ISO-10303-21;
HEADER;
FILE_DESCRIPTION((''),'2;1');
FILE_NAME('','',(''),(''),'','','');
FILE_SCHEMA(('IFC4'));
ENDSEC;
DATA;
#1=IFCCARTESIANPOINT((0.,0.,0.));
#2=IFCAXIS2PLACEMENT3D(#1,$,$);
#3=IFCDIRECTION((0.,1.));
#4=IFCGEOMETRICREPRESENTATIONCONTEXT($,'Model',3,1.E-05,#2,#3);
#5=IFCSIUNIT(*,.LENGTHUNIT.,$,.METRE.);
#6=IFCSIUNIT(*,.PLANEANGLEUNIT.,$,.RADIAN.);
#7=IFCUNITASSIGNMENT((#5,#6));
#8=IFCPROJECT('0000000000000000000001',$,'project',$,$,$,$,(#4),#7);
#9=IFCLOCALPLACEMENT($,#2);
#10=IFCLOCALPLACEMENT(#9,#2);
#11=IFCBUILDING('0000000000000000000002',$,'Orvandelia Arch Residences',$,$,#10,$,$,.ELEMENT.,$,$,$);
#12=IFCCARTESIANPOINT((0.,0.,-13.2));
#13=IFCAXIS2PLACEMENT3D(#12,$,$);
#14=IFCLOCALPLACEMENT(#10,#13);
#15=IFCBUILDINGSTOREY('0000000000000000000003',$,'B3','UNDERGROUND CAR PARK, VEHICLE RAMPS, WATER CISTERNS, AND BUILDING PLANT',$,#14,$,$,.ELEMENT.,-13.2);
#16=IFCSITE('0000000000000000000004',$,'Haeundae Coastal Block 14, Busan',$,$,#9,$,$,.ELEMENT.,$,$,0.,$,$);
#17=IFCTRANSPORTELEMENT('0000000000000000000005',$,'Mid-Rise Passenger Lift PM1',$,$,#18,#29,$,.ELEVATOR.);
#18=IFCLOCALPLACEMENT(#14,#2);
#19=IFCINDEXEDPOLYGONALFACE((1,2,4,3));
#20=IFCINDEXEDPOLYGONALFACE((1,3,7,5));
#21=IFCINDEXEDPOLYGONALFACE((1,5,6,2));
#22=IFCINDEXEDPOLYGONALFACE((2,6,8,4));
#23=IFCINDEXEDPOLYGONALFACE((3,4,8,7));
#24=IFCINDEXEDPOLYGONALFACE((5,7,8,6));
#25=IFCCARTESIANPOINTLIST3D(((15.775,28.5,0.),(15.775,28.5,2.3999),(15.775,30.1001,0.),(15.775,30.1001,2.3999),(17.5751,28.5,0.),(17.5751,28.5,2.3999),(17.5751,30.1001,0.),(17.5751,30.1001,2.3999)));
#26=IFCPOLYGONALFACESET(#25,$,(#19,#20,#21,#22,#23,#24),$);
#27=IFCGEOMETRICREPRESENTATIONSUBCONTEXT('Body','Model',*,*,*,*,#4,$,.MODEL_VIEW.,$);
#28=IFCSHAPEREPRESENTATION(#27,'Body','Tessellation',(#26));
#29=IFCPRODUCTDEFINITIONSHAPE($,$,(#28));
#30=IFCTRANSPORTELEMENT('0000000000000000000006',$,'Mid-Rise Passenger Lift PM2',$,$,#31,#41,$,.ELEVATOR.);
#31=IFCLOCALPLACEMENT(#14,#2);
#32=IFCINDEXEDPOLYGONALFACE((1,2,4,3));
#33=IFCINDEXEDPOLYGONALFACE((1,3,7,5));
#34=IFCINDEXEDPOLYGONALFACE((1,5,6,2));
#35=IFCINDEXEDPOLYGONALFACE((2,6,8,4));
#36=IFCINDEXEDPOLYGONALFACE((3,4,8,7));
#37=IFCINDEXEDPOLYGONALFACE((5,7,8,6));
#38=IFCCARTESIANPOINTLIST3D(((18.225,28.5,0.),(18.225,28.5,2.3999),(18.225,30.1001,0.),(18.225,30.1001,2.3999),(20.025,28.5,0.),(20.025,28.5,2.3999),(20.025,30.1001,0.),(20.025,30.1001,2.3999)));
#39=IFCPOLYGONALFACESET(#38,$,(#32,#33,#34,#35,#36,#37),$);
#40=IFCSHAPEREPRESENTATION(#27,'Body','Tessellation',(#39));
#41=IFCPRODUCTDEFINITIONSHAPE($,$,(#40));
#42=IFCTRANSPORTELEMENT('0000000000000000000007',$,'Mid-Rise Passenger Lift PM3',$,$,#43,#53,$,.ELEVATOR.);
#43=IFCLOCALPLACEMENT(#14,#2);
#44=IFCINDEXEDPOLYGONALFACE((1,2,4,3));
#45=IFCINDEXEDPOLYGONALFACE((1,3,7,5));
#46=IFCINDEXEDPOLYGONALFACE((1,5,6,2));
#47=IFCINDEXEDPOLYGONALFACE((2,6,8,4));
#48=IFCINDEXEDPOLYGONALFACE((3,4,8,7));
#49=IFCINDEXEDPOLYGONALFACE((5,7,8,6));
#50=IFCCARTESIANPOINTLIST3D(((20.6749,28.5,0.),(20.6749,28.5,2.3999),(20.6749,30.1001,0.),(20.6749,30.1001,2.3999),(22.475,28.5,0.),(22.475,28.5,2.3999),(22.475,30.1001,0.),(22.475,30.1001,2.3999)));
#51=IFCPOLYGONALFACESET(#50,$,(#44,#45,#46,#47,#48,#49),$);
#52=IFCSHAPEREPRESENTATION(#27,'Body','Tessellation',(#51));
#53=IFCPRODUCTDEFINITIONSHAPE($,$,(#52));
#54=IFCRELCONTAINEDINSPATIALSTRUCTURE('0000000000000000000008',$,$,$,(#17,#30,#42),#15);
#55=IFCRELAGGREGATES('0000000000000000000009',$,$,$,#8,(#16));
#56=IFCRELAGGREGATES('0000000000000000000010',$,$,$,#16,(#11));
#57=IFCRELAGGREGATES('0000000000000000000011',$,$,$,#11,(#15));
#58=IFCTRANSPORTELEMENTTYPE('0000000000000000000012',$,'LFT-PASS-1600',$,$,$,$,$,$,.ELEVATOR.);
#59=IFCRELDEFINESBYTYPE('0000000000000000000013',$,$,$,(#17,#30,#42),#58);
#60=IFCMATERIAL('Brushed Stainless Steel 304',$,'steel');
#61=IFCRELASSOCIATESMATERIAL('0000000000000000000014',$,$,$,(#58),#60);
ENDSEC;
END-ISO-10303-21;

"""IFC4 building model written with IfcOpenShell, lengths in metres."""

from ifc_helpers import new_model, si_unit, direction, frame, origin, origin_2d, place, context, subcontext, project, spatial, rectangle, extrude, material, type_object, element, save


model = new_model("IFC4")

# Units and contexts
model_context = context("Model", 3, precision=1e-05, world=origin(), true_north=direction((0.0, 1.0)))
body_context = subcontext(model_context, "Body", "Model", "MODEL_VIEW")
ifc_project = project(units=[si_unit("LENGTHUNIT", "METRE"), si_unit("PLANEANGLEUNIT", "RADIAN")], contexts=[model_context])

# Site, building, storey
site_placement = place(None, origin())
site = spatial("IfcSite", under=ifc_project, at=site_placement, Name="Haeundae Coastal Block 14, Busan", CompositionType="ELEMENT", RefElevation=0.0)
building_placement = place(site_placement, origin())
building = spatial("IfcBuilding", under=site, at=building_placement, Name="Orvandelia Arch Residences", CompositionType="ELEMENT")
storey_placement = place(building_placement, frame((0.0, 0.0, -13.2)))
storey = spatial("IfcBuildingStorey", under=building, at=storey_placement, Name="B3", Description="UNDERGROUND CAR PARK, VEHICLE RAMPS, WATER CISTERNS, AND BUILDING PLANT", CompositionType="ELEMENT", Elevation=-13.2)

# Shared definitions
ifc_material_1 = material(Name="Brushed Stainless Steel 304", Category="steel")

# Transport elements
transport_element_type_1 = type_object("IfcTransportElementType", Name="LFT-PASS-1600", PredefinedType="ELEVATOR", material=ifc_material_1)
for number, where, z_axis, x_axis, name in (
    (1, (16.675, 29.3, 0.0), (0.0, 0.0, 1.0), (1.0, 0.0, 0.0), "Mid-Rise Passenger Lift PM1"),
    (2, (19.125, 29.3, 0.0), (0.0, 0.0, 1.0), (1.0, 0.0, 0.0), "Mid-Rise Passenger Lift PM2"),
    (3, (21.575, 29.3, 0.0), (0.0, 0.0, 1.0), (1.0, 0.0, 0.0), "Mid-Rise Passenger Lift PM3"),
):
    element("IfcTransportElement", number, at=place(storey_placement, frame(where, z_axis=z_axis, x_axis=x_axis)), inside=storey, type_object=transport_element_type_1, Name=name, PredefinedType="ELEVATOR", context=body_context, shape_type="SweptSolid", body=[
        extrude(rectangle(XDim=1.8, YDim=1.6001, at=origin_2d()), origin(), (0.0, 0.0, 1.0), 2.3999),
    ])

save(model, "model.ifc")
